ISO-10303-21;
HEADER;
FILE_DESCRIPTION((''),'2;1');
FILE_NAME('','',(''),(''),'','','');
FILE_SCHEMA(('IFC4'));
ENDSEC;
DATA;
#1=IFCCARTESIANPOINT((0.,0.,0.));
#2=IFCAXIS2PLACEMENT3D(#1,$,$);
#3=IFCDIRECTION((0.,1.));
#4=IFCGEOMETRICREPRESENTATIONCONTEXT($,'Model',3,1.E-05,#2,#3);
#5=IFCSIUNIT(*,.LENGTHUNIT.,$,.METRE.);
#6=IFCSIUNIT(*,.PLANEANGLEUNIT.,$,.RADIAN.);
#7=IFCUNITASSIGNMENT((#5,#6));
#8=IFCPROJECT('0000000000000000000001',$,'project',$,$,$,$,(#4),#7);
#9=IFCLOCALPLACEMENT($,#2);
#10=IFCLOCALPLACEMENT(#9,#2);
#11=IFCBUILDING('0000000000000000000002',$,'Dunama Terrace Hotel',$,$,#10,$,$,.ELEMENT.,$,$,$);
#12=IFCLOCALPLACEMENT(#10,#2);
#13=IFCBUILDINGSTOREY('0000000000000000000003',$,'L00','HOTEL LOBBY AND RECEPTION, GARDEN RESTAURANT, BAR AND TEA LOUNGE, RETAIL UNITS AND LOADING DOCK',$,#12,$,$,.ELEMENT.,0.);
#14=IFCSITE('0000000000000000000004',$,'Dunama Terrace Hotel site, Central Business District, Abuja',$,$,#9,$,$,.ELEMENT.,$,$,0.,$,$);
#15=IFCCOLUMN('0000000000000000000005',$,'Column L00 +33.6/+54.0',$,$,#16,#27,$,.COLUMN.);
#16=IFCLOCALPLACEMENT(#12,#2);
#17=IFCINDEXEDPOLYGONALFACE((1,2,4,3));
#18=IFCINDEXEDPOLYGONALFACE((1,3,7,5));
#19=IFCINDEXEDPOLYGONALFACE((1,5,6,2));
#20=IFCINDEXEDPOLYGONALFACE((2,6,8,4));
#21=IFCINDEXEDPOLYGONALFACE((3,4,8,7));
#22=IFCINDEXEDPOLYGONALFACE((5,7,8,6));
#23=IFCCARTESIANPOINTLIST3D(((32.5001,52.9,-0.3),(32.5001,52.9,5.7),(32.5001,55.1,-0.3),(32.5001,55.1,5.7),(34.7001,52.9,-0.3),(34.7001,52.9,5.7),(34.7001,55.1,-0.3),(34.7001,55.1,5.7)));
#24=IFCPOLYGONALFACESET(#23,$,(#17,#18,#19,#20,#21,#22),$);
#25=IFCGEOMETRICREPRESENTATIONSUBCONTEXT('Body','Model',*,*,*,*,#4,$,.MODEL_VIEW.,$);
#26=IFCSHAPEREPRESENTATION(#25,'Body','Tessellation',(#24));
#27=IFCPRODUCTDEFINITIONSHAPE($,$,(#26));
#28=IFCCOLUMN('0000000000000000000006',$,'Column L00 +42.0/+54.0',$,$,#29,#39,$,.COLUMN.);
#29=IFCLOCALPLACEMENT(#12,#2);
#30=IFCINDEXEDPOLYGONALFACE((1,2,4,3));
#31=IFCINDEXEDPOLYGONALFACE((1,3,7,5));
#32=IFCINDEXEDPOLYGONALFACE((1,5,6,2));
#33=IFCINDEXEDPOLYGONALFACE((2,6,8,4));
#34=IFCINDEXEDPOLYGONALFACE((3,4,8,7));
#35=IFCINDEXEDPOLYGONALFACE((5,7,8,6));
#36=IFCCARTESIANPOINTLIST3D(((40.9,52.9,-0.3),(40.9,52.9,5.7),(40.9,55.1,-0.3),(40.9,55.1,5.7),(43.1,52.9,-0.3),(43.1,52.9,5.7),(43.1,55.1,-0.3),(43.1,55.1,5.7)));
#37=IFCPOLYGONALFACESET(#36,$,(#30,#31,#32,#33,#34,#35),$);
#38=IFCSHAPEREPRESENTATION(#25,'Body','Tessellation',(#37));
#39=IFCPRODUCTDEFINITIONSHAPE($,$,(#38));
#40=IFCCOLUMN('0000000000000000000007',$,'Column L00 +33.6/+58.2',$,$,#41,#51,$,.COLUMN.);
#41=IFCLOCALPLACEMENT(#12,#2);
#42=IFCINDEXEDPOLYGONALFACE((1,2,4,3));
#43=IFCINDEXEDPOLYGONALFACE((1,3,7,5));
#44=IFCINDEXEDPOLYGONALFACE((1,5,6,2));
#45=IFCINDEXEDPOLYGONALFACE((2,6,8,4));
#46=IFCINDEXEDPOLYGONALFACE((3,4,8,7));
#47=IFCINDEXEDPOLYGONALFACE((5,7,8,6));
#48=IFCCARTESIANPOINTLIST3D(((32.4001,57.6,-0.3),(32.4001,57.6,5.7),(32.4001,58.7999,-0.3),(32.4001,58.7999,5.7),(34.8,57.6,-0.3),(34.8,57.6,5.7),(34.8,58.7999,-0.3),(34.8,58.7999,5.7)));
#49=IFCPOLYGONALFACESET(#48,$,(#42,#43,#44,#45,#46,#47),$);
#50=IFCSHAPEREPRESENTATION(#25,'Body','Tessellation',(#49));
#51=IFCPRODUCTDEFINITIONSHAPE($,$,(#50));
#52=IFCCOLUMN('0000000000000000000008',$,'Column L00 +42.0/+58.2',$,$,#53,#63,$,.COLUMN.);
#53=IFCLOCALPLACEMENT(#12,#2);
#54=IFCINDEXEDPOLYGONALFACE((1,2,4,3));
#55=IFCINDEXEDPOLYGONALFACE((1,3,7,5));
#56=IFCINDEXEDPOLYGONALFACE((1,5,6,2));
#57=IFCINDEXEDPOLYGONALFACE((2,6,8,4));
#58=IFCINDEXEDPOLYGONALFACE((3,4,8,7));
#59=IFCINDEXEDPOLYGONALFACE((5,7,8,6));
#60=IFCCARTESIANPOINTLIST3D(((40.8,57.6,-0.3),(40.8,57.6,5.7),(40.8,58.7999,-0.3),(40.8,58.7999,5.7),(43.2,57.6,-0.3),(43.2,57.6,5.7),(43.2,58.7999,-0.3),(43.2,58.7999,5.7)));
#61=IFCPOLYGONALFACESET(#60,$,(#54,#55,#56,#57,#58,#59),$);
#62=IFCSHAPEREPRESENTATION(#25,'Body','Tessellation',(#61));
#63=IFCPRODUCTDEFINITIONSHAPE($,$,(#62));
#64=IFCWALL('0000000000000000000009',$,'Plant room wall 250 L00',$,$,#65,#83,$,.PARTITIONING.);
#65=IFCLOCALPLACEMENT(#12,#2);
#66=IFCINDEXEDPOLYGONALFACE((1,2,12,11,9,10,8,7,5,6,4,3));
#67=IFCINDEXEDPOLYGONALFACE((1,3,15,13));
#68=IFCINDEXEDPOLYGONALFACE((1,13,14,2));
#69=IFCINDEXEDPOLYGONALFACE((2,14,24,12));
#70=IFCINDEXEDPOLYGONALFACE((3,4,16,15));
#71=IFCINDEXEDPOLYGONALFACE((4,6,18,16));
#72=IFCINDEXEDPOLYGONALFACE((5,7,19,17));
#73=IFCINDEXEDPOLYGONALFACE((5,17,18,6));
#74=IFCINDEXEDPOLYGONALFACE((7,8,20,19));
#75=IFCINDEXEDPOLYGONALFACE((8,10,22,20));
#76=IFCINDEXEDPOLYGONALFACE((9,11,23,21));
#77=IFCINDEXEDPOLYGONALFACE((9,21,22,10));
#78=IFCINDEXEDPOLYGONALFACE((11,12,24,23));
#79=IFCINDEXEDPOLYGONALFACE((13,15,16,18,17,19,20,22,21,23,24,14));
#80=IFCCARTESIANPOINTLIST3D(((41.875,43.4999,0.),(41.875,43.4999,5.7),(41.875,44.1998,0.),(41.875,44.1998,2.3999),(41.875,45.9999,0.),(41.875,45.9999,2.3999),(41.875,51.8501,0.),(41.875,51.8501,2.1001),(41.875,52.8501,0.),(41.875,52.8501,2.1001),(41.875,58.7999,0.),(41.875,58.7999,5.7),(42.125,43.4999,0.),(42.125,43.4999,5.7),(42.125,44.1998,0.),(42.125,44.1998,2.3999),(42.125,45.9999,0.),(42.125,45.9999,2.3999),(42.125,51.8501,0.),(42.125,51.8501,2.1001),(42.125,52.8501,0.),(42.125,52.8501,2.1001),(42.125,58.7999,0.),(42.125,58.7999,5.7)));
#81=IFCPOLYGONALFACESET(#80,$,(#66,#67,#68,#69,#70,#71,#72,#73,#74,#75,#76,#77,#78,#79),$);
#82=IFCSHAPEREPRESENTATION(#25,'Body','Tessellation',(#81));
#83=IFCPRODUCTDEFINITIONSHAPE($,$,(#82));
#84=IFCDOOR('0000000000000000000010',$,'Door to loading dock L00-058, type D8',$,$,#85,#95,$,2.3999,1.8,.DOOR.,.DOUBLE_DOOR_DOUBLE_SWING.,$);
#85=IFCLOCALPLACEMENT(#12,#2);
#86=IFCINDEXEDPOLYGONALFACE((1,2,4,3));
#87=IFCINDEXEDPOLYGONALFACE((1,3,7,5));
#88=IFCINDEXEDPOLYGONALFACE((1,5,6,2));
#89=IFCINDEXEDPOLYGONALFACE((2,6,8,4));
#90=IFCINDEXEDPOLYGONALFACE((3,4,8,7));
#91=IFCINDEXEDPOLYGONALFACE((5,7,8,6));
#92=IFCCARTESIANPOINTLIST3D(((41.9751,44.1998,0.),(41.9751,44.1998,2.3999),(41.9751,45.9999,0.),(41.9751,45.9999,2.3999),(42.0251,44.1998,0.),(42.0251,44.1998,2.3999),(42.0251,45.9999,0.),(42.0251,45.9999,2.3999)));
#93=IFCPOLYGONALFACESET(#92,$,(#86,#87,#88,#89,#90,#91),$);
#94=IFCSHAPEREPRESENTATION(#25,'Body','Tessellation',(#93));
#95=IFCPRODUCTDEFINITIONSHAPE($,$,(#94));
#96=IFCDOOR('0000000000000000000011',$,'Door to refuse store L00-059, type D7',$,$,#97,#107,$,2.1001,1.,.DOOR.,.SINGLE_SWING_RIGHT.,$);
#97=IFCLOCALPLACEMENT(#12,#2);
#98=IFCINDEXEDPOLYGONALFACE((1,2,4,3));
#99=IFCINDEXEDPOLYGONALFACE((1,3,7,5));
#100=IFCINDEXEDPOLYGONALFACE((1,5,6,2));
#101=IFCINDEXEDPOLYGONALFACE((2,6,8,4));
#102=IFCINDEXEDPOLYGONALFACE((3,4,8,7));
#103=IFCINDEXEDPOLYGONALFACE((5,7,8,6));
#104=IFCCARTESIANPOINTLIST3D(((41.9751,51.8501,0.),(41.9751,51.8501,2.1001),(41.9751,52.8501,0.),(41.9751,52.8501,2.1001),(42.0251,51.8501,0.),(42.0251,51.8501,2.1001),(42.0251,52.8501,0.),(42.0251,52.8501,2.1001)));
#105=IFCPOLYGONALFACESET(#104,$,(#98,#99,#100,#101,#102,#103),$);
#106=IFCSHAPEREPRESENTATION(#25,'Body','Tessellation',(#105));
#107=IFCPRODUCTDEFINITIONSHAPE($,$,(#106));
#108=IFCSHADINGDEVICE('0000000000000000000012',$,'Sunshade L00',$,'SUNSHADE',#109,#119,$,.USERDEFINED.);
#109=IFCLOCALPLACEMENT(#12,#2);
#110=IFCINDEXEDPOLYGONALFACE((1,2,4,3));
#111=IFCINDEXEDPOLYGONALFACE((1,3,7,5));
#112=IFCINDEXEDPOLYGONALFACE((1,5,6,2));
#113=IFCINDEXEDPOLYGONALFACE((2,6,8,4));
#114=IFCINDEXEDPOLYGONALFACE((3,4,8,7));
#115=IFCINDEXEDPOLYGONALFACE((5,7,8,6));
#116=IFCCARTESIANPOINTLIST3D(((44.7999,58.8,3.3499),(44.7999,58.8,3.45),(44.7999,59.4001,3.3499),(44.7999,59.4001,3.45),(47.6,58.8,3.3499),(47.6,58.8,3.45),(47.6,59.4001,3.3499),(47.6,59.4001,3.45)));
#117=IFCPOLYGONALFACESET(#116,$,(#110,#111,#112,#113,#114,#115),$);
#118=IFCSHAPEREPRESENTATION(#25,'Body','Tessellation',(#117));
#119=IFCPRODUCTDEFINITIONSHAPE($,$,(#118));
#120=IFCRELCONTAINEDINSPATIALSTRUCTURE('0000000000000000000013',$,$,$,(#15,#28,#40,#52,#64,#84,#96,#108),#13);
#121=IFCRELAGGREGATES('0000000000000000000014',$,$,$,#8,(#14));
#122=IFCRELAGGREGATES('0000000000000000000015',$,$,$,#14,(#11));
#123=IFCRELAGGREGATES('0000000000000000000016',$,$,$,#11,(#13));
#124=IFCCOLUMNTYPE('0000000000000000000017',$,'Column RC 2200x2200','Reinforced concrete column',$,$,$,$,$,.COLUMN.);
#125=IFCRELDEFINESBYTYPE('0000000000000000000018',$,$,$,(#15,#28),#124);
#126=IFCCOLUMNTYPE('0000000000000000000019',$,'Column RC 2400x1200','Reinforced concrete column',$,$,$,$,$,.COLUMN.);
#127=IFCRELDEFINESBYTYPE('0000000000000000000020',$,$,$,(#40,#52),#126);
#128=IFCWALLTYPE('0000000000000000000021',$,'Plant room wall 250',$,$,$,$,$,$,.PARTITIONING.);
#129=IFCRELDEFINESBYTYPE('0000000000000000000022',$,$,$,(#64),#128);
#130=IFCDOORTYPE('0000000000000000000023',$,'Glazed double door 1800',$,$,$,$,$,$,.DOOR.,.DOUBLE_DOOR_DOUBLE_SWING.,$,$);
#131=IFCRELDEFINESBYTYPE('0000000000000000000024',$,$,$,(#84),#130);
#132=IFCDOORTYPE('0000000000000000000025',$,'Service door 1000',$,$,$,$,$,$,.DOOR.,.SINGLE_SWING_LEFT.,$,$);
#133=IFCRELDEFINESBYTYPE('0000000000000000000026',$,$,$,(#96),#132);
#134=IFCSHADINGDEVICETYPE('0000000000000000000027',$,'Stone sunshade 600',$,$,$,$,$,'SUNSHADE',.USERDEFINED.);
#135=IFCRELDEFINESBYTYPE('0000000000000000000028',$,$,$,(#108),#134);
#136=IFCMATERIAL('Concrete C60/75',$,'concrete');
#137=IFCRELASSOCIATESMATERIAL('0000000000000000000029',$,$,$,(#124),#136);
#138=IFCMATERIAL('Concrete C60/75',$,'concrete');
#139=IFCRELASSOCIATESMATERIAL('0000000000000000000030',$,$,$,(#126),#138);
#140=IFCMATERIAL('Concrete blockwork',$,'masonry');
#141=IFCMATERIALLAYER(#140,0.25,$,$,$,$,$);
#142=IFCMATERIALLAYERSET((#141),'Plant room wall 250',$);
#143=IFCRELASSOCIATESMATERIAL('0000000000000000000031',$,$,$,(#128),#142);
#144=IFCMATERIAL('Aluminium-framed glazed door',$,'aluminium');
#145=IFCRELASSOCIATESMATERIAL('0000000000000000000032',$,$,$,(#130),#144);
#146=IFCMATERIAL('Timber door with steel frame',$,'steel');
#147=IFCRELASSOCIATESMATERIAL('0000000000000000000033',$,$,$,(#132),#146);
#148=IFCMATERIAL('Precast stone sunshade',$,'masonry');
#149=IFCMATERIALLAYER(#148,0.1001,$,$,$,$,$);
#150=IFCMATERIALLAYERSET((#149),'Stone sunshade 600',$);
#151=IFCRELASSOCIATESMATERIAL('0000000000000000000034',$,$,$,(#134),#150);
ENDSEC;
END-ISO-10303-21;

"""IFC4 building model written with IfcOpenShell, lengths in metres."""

from ifc_helpers import new_model, si_unit, direction, frame, frame_2d, origin, origin_2d, place, context, subcontext, project, spatial, rectangle, extrude, material, layer, layer_set, material_profile, profile_set, type_object, element, fill, save


model = new_model("IFC4")

# Units and contexts
model_context = context("Model", 3, precision=1e-05, world=origin(), true_north=direction((0.0, 1.0)))
body_context = subcontext(model_context, "Body", "Model", "MODEL_VIEW")
ifc_project = project(units=[si_unit("LENGTHUNIT", "METRE"), si_unit("PLANEANGLEUNIT", "RADIAN")], contexts=[model_context])

# Site, building, storey
site_placement = place(None, origin())
site = spatial("IfcSite", under=ifc_project, at=site_placement, Name="Dunama Terrace Hotel site, Central Business District, Abuja", CompositionType="ELEMENT", RefElevation=0.0)
building_placement = place(site_placement, origin())
building = spatial("IfcBuilding", under=site, at=building_placement, Name="Dunama Terrace Hotel", CompositionType="ELEMENT")
storey_placement = place(building_placement, origin())
storey = spatial("IfcBuildingStorey", under=building, at=storey_placement, Name="L00", Description="HOTEL LOBBY AND RECEPTION, GARDEN RESTAURANT, BAR AND TEA LOUNGE, RETAIL UNITS AND LOADING DOCK", CompositionType="ELEMENT", Elevation=0.0)

# Columns
ifc_material_1 = material(Name="Concrete C60/75", Category="concrete")
ifc_material_profile_1 = material_profile(ifc_material_1, rectangle(XDim=2.2, YDim=2.2, at=origin_2d()), Name="RC 2200x2200")
ifc_profile_set_1 = profile_set([ifc_material_profile_1], Name="Concrete C60/75")
column_type_1 = type_object("IfcColumnType", Name="Column RC 2200x2200", Description="Reinforced concrete column", PredefinedType="COLUMN", material=ifc_profile_set_1)
for number, where, z_axis, x_axis, name in (
    (1, (33.6001, 54.0, -0.3), (0.0, 0.0, 1.0), (1.0, 0.0, 0.0), "Column L00 +33.6/+54.0"),
    (2, (42.0, 54.0, -0.3), (0.0, 0.0, 1.0), (1.0, 0.0, 0.0), "Column L00 +42.0/+54.0"),
):
    element("IfcColumn", number, at=place(storey_placement, frame(where, z_axis=z_axis, x_axis=x_axis)), inside=storey, type_object=column_type_1, Name=name, PredefinedType="COLUMN", context=body_context, shape_type="SweptSolid", body=[
        extrude(rectangle(XDim=2.2, YDim=2.2, at=origin_2d()), origin(), (0.0, 0.0, 1.0), 6.0),
    ])
ifc_material_2 = material(Name="Concrete C60/75", Category="concrete")
ifc_material_profile_2 = material_profile(ifc_material_2, rectangle(XDim=2.3999, YDim=1.2, at=origin_2d()), Name="RC 2400x1200")
ifc_profile_set_2 = profile_set([ifc_material_profile_2], Name="Concrete C60/75")
column_type_2 = type_object("IfcColumnType", Name="Column RC 2400x1200", Description="Reinforced concrete column", PredefinedType="COLUMN", material=ifc_profile_set_2)
for number, where, z_axis, x_axis, name in (
    (3, (33.6001, 58.2, -0.3), (0.0, 0.0, 1.0), (1.0, 0.0, 0.0), "Column L00 +33.6/+58.2"),
    (4, (42.0, 58.2, -0.3), (0.0, 0.0, 1.0), (1.0, 0.0, 0.0), "Column L00 +42.0/+58.2"),
):
    element("IfcColumn", number, at=place(storey_placement, frame(where, z_axis=z_axis, x_axis=x_axis)), inside=storey, type_object=column_type_2, Name=name, PredefinedType="COLUMN", context=body_context, shape_type="SweptSolid", body=[
        extrude(rectangle(XDim=2.3999, YDim=1.2, at=origin_2d()), origin(), (0.0, 0.0, 1.0), 6.0),
    ])

# Wall, openings, doors
ifc_material_3 = material(Name="Concrete blockwork", Category="masonry")
ifc_layer_1 = layer(ifc_material_3, 0.25)
ifc_layer_set_1 = layer_set([ifc_layer_1], Name="Plant room wall 250")
wall_type = type_object("IfcWallType", Name="Plant room wall 250", PredefinedType="PARTITIONING", material=ifc_layer_set_1)
wall_placement = place(storey_placement, frame((42.0, 43.5, 0.0), z_axis=(0.0, 0.0, 1.0), x_axis=(0.0, 1.0, 0.0)))
wall = element("IfcWall", 5, at=wall_placement, inside=storey, type_object=wall_type, Name="Plant room wall 250 L00", PredefinedType="PARTITIONING", context=body_context, shape_type="SweptSolid", body=[
    extrude(rectangle(XDim=15.3, YDim=0.25, at=frame_2d((7.6499, 0.0))), origin(), (0.0, 0.0, 1.0), 5.7),
])
opening_1_placement = place(wall_placement, frame((0.7, 0.0, 0.0)))
opening_1 = element("IfcOpeningElement", 6, at=opening_1_placement, cuts=wall, PredefinedType="OPENING", context=body_context, shape_type="SweptSolid", body=[
    extrude(rectangle(XDim=1.8, YDim=2.3999, at=frame_2d((0.8999, 1.2))), frame((0.0, 0.135, 0.0), z_axis=(0.0, -1.0, 0.0), x_axis=(1.0, 0.0, 0.0)), (0.0, 0.0, 1.0), 0.27),
])
opening_2_placement = place(wall_placement, frame((8.3501, 0.0, 0.0)))
opening_2 = element("IfcOpeningElement", 7, at=opening_2_placement, cuts=wall, PredefinedType="OPENING", context=body_context, shape_type="SweptSolid", body=[
    extrude(rectangle(XDim=1.0, YDim=2.1001, at=frame_2d((0.5, 1.05))), frame((0.0, 0.135, 0.0), z_axis=(0.0, -1.0, 0.0), x_axis=(1.0, 0.0, 0.0)), (0.0, 0.0, 1.0), 0.27),
])
ifc_material_4 = material(Name="Aluminium-framed glazed door", Category="aluminium")
door_type_1 = type_object("IfcDoorType", Name="Glazed double door 1800", OperationType="DOUBLE_DOOR_DOUBLE_SWING", PredefinedType="DOOR", material=ifc_material_4)
door_1_placement = place(opening_1_placement, origin())
door_1 = element("IfcDoor", 8, at=door_1_placement, inside=storey, type_object=door_type_1, Name="Door to loading dock L00-058, type D8", OperationType="DOUBLE_DOOR_DOUBLE_SWING", OverallHeight=2.3999, OverallWidth=1.8, PredefinedType="DOOR", context=body_context, shape_type="SweptSolid", body=[
    extrude(rectangle(XDim=1.8, YDim=2.3999, at=frame_2d((0.8999, 1.2))), frame((0.0, 0.0249, 0.0), z_axis=(0.0, -1.0, 0.0), x_axis=(1.0, 0.0, 0.0)), (0.0, 0.0, 1.0), 0.05),
])
fill(opening_1, door_1)
ifc_material_5 = material(Name="Timber door with steel frame", Category="steel")
door_type_2 = type_object("IfcDoorType", Name="Service door 1000", OperationType="SINGLE_SWING_LEFT", PredefinedType="DOOR", material=ifc_material_5)
door_2_placement = place(opening_2_placement, origin())
door_2 = element("IfcDoor", 9, at=door_2_placement, inside=storey, type_object=door_type_2, Name="Door to refuse store L00-059, type D7", OperationType="SINGLE_SWING_RIGHT", OverallHeight=2.1001, OverallWidth=1.0, PredefinedType="DOOR", context=body_context, shape_type="SweptSolid", body=[
    extrude(rectangle(XDim=1.0, YDim=2.1001, at=frame_2d((0.5, 1.05))), frame((0.0, 0.0249, 0.0), z_axis=(0.0, -1.0, 0.0), x_axis=(1.0, 0.0, 0.0)), (0.0, 0.0, 1.0), 0.05),
])
fill(opening_2, door_2)

# Shading device
ifc_material_6 = material(Name="Precast stone sunshade", Category="masonry")
ifc_layer_2 = layer(ifc_material_6, 0.1001)
ifc_layer_set_2 = layer_set([ifc_layer_2], Name="Stone sunshade 600")
shading_device_type = type_object("IfcShadingDeviceType", Name="Stone sunshade 600", ElementType="SUNSHADE", PredefinedType="USERDEFINED", material=ifc_layer_set_2)
shading_device_placement = place(storey_placement, frame((46.2, 59.1001, 3.3499), z_axis=(0.0, 0.0, 1.0), x_axis=(-1.0, 0.0, 0.0)))
element("IfcShadingDevice", 10, at=shading_device_placement, inside=storey, type_object=shading_device_type, Name="Sunshade L00", ObjectType="SUNSHADE", PredefinedType="USERDEFINED", context=body_context, shape_type="SweptSolid", body=[
    extrude(rectangle(XDim=2.8, YDim=0.6001, at=origin_2d()), origin(), (0.0, 0.0, 1.0), 0.1001),
])

save(model, "model.ifc")
